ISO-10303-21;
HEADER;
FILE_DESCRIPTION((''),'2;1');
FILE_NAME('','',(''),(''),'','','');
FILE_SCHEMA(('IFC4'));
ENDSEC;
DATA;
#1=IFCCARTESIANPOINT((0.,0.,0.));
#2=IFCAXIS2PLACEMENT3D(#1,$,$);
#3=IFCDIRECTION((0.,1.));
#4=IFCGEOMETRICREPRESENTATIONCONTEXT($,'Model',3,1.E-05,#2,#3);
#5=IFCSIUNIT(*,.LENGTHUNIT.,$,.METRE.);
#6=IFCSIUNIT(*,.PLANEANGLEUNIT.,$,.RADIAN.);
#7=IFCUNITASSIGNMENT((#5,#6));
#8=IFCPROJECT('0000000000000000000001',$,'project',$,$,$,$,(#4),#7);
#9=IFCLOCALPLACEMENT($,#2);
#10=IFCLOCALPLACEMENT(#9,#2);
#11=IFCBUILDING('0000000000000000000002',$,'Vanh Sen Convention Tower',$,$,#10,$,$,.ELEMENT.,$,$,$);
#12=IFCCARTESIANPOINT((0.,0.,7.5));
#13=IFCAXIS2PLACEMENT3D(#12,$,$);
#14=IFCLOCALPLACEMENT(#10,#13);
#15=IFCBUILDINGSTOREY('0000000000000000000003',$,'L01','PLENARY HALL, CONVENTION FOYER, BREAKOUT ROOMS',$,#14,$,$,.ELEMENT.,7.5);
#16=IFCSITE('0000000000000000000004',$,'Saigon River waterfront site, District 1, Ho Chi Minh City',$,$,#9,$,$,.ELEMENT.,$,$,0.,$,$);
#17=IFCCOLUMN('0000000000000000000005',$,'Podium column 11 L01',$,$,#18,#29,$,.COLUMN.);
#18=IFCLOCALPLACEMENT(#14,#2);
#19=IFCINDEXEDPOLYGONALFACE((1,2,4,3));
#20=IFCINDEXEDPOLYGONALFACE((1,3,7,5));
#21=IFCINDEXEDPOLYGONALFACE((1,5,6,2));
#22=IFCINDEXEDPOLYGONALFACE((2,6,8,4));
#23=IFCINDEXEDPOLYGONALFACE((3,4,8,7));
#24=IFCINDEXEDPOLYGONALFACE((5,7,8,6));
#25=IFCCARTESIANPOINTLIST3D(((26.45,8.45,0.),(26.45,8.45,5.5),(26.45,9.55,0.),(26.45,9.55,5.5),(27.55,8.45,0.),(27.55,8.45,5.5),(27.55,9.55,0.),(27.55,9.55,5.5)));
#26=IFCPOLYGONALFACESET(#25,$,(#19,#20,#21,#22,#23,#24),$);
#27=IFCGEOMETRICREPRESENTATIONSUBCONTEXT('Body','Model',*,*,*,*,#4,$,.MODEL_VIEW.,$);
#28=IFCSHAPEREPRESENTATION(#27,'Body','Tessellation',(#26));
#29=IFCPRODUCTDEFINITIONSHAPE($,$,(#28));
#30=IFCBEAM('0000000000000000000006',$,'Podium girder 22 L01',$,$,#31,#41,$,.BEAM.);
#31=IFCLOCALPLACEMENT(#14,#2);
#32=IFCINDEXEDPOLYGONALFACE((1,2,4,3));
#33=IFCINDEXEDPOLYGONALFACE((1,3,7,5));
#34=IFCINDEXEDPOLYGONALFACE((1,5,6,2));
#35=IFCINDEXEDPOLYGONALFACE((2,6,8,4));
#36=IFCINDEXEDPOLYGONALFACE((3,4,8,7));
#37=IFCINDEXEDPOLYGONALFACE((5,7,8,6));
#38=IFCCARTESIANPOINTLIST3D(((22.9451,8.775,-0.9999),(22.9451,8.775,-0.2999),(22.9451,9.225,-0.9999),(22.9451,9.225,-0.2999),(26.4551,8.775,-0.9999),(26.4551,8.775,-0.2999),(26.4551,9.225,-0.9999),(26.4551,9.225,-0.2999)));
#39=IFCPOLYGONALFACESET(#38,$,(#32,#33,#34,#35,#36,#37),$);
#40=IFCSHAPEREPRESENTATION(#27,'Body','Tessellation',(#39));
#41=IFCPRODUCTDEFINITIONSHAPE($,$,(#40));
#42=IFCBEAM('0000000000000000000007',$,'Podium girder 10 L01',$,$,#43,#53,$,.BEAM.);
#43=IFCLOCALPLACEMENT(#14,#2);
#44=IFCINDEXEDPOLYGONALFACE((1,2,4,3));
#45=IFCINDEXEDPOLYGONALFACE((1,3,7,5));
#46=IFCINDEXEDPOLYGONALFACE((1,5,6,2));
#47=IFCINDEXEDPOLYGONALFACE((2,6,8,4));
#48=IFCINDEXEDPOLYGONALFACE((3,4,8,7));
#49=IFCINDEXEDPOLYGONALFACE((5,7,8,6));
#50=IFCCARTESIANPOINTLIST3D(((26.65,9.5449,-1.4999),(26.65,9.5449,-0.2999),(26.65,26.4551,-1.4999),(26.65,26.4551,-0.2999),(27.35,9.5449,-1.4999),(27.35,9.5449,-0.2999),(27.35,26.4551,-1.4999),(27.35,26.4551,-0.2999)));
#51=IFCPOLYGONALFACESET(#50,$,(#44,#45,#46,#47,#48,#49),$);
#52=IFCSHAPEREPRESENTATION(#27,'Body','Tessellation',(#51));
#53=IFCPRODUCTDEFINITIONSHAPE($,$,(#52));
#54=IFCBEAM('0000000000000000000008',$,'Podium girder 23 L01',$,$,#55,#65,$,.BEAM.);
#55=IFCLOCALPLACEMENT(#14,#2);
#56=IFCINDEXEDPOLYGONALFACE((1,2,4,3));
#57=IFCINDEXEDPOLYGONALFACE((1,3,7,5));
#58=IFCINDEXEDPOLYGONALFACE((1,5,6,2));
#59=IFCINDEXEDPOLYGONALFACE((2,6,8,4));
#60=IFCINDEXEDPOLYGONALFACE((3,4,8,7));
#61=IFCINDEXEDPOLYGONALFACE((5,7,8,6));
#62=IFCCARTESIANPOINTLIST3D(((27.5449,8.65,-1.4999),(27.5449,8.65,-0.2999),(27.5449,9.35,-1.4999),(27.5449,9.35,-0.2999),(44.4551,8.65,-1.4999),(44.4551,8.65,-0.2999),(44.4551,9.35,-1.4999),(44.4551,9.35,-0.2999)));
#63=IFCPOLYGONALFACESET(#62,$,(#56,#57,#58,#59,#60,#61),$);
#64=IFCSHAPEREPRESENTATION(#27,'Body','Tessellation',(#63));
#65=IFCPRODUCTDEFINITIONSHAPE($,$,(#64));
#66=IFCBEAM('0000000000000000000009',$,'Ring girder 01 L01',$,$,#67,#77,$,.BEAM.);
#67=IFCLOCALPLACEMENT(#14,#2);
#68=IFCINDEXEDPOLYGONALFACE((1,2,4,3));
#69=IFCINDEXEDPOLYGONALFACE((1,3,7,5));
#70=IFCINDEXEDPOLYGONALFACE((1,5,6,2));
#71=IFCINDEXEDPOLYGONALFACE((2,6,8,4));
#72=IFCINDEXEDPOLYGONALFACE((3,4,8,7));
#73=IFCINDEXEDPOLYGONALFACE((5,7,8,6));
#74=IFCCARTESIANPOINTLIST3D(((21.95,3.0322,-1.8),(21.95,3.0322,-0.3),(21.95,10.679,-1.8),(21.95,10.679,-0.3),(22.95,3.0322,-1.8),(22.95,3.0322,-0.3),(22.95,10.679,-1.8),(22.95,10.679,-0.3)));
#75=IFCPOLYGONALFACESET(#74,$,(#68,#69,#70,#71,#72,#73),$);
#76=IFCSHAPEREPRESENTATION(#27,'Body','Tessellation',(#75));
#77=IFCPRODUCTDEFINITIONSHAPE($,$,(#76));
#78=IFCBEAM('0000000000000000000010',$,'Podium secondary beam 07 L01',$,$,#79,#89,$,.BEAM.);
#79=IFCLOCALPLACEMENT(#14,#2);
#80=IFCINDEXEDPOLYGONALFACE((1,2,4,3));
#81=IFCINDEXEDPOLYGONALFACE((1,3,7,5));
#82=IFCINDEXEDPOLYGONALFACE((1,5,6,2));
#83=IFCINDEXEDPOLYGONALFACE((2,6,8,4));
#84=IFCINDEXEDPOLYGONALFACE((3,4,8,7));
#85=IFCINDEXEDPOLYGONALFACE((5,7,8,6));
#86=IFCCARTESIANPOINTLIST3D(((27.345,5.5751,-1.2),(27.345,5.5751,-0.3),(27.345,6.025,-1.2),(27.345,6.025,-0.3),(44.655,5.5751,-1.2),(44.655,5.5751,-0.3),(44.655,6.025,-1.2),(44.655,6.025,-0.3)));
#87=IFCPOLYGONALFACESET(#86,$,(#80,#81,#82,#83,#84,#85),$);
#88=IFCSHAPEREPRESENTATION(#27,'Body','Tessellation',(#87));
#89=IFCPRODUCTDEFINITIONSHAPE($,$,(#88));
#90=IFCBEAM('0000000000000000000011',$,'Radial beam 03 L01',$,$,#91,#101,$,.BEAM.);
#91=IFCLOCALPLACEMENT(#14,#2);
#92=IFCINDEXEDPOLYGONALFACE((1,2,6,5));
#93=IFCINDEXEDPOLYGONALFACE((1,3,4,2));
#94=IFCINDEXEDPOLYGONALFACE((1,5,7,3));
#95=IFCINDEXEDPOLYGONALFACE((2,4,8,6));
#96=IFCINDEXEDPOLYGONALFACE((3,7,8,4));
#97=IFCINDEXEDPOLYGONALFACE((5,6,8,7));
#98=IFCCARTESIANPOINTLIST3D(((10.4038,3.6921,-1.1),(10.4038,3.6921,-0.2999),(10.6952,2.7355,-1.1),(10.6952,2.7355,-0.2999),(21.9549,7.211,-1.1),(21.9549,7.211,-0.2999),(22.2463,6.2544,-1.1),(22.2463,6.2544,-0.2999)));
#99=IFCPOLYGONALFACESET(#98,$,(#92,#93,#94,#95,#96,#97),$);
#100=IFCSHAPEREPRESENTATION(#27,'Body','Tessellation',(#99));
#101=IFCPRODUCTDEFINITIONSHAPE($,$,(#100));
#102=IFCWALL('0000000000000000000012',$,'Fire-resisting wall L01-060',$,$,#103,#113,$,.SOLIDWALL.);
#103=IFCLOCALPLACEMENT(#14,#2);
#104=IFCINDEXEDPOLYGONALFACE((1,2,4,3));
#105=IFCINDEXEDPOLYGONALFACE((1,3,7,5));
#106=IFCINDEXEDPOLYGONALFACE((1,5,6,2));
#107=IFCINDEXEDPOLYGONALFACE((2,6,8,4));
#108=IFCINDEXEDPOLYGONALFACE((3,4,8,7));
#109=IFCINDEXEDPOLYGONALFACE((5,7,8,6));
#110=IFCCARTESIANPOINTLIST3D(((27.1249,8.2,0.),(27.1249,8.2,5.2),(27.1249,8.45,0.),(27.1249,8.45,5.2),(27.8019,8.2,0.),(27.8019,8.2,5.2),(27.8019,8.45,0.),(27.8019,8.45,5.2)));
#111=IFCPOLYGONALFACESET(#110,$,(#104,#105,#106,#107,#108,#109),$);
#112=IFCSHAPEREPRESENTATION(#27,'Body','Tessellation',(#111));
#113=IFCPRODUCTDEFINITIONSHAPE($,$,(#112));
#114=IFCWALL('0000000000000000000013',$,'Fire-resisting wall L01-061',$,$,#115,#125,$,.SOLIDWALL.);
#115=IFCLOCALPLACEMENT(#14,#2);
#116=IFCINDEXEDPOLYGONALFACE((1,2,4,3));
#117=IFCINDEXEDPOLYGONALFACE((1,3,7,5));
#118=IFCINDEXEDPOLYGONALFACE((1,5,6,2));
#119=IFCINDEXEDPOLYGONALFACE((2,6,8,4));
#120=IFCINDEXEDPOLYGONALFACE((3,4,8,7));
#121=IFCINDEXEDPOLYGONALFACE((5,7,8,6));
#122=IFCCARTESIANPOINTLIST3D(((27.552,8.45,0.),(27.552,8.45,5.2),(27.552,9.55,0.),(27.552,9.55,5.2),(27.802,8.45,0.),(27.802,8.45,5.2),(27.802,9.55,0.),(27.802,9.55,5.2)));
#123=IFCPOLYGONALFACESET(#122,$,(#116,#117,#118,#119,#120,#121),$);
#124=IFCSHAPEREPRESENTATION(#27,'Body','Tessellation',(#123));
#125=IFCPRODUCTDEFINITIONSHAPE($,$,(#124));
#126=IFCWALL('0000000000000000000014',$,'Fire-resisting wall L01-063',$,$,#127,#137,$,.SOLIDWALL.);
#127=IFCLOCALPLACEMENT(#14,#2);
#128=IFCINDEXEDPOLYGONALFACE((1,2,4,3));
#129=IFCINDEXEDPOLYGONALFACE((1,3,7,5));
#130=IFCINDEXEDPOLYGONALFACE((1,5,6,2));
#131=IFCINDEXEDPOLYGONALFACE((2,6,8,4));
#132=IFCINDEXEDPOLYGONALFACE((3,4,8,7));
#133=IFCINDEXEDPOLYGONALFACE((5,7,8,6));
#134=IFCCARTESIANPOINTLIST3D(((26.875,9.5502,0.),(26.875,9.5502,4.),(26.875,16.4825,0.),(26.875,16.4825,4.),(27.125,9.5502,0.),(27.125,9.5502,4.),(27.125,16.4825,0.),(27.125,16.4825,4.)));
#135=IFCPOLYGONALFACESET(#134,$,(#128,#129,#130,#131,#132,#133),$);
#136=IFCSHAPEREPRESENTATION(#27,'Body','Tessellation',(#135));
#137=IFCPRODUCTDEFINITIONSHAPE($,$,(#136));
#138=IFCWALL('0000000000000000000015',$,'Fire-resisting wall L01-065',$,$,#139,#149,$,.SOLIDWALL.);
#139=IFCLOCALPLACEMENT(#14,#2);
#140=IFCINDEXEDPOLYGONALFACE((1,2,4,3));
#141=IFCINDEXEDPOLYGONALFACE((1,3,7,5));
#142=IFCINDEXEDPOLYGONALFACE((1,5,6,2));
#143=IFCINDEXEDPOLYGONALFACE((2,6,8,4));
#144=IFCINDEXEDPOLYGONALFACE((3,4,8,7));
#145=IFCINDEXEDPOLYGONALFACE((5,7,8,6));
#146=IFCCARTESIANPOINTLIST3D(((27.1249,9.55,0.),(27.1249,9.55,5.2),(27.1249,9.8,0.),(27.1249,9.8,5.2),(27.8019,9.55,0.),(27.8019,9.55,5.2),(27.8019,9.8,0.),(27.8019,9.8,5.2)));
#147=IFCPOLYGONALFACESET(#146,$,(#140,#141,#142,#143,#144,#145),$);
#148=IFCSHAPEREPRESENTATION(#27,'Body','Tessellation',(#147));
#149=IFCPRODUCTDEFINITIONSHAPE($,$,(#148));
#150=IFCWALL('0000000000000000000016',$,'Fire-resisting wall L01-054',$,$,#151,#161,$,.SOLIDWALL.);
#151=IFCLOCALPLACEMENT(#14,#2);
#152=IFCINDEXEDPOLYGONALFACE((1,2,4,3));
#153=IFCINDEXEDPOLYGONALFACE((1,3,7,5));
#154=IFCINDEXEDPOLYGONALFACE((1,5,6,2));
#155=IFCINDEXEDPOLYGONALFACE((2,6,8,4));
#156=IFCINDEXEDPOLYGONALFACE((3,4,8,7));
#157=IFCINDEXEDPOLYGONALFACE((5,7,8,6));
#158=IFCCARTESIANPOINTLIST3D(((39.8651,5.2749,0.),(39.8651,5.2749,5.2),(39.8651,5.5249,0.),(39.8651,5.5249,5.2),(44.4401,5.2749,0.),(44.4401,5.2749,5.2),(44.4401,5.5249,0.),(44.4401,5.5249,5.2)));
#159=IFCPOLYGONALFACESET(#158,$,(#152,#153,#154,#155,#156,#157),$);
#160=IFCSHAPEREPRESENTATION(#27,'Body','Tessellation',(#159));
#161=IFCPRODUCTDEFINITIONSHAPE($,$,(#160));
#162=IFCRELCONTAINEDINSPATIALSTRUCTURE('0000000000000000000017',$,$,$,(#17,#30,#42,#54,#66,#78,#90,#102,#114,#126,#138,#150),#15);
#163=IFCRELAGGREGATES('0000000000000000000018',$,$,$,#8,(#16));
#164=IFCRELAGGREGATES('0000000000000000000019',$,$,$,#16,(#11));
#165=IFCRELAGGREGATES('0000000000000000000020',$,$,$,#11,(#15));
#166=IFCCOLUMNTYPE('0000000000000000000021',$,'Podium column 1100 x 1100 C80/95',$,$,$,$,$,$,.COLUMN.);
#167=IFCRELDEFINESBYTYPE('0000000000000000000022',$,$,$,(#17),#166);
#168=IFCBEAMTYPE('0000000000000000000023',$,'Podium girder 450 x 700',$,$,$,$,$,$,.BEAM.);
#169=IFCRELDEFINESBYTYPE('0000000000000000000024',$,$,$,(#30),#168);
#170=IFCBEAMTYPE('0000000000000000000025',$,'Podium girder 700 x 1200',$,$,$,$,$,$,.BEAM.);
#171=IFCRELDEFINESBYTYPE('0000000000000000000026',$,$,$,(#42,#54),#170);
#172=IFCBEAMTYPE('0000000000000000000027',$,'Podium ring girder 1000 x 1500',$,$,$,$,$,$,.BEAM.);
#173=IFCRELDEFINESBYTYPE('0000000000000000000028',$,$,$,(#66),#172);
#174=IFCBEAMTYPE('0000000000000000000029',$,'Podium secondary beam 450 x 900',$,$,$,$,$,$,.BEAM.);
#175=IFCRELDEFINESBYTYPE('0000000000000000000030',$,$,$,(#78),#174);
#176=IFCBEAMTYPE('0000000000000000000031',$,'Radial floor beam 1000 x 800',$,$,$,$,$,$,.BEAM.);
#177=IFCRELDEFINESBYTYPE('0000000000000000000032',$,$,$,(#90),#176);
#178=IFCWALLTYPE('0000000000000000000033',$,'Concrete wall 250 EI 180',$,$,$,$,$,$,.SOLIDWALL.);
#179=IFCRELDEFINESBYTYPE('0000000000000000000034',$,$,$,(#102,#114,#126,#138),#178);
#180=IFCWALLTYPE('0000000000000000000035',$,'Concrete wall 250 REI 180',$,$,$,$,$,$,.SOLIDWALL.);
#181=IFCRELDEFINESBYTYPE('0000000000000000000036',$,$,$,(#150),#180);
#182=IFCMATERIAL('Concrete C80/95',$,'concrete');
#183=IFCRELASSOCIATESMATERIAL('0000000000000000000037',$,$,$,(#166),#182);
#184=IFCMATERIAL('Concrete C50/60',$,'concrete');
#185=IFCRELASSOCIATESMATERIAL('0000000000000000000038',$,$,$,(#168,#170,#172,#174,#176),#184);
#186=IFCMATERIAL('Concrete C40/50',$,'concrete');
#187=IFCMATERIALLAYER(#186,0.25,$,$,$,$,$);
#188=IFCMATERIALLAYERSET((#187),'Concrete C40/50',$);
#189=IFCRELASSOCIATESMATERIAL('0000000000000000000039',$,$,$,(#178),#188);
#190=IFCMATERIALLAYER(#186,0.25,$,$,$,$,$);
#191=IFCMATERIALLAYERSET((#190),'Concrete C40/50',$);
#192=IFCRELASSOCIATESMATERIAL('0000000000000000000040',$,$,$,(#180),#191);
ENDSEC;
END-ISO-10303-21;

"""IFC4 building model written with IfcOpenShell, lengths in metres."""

from ifc_helpers import new_model, si_unit, direction, frame, frame_2d, origin, origin_2d, place, context, subcontext, project, spatial, rectangle, extrude, material, layer, layer_set, material_profile, profile_set, type_object, element, save


model = new_model("IFC4")

# Units and contexts
model_context = context("Model", 3, precision=1e-05, world=origin(), true_north=direction((0.0, 1.0)))
body_context = subcontext(model_context, "Body", "Model", "MODEL_VIEW")
ifc_project = project(units=[si_unit("LENGTHUNIT", "METRE"), si_unit("PLANEANGLEUNIT", "RADIAN")], contexts=[model_context])

# Site, building, storey
site_placement = place(None, origin())
site = spatial("IfcSite", under=ifc_project, at=site_placement, Name="Saigon River waterfront site, District 1, Ho Chi Minh City", CompositionType="ELEMENT", RefElevation=0.0)
building_placement = place(site_placement, origin())
building = spatial("IfcBuilding", under=site, at=building_placement, Name="Vanh Sen Convention Tower", CompositionType="ELEMENT")
storey_placement = place(building_placement, frame((0.0, 0.0, 7.5)))
storey = spatial("IfcBuildingStorey", under=building, at=storey_placement, Name="L01", Description="PLENARY HALL, CONVENTION FOYER, BREAKOUT ROOMS", CompositionType="ELEMENT", Elevation=7.5)

# Column
ifc_material_1 = material(Name="Concrete C80/95", Category="concrete")
ifc_material_profile_1 = material_profile(ifc_material_1, rectangle(XDim=1.1001, YDim=1.1001, at=origin_2d()), Name="RC 1100X1100")
ifc_profile_set_1 = profile_set([ifc_material_profile_1], Name="Concrete C80/95")
column_type = type_object("IfcColumnType", Name="Podium column 1100 x 1100 C80/95", PredefinedType="COLUMN", material=ifc_profile_set_1)
column_placement = place(storey_placement, frame((27.0, 9.0, 0.0), z_axis=(0.0, 0.0, 1.0), x_axis=(1.0, 0.0, 0.0)))
element("IfcColumn", 1, at=column_placement, inside=storey, type_object=column_type, Name="Podium column 11 L01", PredefinedType="COLUMN", context=body_context, shape_type="SweptSolid", body=[
    extrude(rectangle(XDim=1.1001, YDim=1.1001, at=origin_2d()), origin(), (0.0, 0.0, 1.0), 5.5),
])

# Beams
ifc_material_2 = material(Name="Concrete C50/60", Category="concrete")
ifc_material_profile_2 = material_profile(ifc_material_2, rectangle(XDim=0.45, YDim=0.7, at=origin_2d()), Name="RC 450X700")
ifc_profile_set_2 = profile_set([ifc_material_profile_2], Name="Concrete C50/60")
beam_type_1 = type_object("IfcBeamType", Name="Podium girder 450 x 700", PredefinedType="BEAM", material=ifc_profile_set_2)
beam_1_placement = place(storey_placement, frame((22.9451, 9.0, -0.6499), z_axis=(1.0, 0.0, 0.0), x_axis=(0.0, 1.0, 0.0)))
element("IfcBeam", 2, at=beam_1_placement, inside=storey, type_object=beam_type_1, Name="Podium girder 22 L01", PredefinedType="BEAM", context=body_context, shape_type="SweptSolid", body=[
    extrude(rectangle(XDim=0.45, YDim=0.7, at=origin_2d()), origin(), (0.0, 0.0, 1.0), 3.51),
])
ifc_material_profile_3 = material_profile(ifc_material_2, rectangle(XDim=0.7, YDim=1.2, at=origin_2d()), Name="RC 700X1200")
ifc_profile_set_3 = profile_set([ifc_material_profile_3], Name="Concrete C50/60")
beam_type_2 = type_object("IfcBeamType", Name="Podium girder 700 x 1200", PredefinedType="BEAM", material=ifc_profile_set_3)
for number, where, z_axis, x_axis, name in (
    (3, (27.0, 9.5449, -0.8999), (0.0, 1.0, 0.0), (-1.0, 0.0, 0.0), "Podium girder 10 L01"),
    (4, (27.5449, 9.0, -0.8999), (1.0, 0.0, 0.0), (0.0, 1.0, 0.0), "Podium girder 23 L01"),
):
    element("IfcBeam", number, at=place(storey_placement, frame(where, z_axis=z_axis, x_axis=x_axis)), inside=storey, type_object=beam_type_2, Name=name, PredefinedType="BEAM", context=body_context, shape_type="SweptSolid", body=[
        extrude(rectangle(XDim=0.7, YDim=1.2, at=origin_2d()), origin(), (0.0, 0.0, 1.0), 16.9102),
    ])
ifc_material_profile_4 = material_profile(ifc_material_2, rectangle(XDim=1.0, YDim=1.5, at=origin_2d()), Name="RC 1000X1500")
ifc_profile_set_4 = profile_set([ifc_material_profile_4], Name="Concrete C50/60")
beam_type_3 = type_object("IfcBeamType", Name="Podium ring girder 1000 x 1500", PredefinedType="BEAM", material=ifc_profile_set_4)
beam_2_placement = place(storey_placement, frame((22.45, 3.0322, -1.05), z_axis=(0.0, 1.0, 0.0), x_axis=(-1.0, 0.0, 0.0)))
element("IfcBeam", 5, at=beam_2_placement, inside=storey, type_object=beam_type_3, Name="Ring girder 01 L01", PredefinedType="BEAM", context=body_context, shape_type="SweptSolid", body=[
    extrude(rectangle(XDim=1.0, YDim=1.5, at=origin_2d()), origin(), (0.0, 0.0, 1.0), 7.6467),
])
ifc_material_profile_5 = material_profile(ifc_material_2, rectangle(XDim=0.45, YDim=0.8999, at=origin_2d()), Name="RC 450X900")
ifc_profile_set_5 = profile_set([ifc_material_profile_5], Name="Concrete C50/60")
beam_type_4 = type_object("IfcBeamType", Name="Podium secondary beam 450 x 900", PredefinedType="BEAM", material=ifc_profile_set_5)
beam_3_placement = place(storey_placement, frame((27.345, 5.8, -0.75), z_axis=(1.0, 0.0, 0.0), x_axis=(0.0, 1.0, 0.0)))
element("IfcBeam", 6, at=beam_3_placement, inside=storey, type_object=beam_type_4, Name="Podium secondary beam 07 L01", PredefinedType="BEAM", context=body_context, shape_type="SweptSolid", body=[
    extrude(rectangle(XDim=0.45, YDim=0.8999, at=origin_2d()), origin(), (0.0, 0.0, 1.0), 17.3101),
])
ifc_material_profile_6 = material_profile(ifc_material_2, rectangle(XDim=1.0, YDim=0.8, at=origin_2d()), Name="RC 1000X800")
ifc_profile_set_6 = profile_set([ifc_material_profile_6], Name="Concrete C50/60")
beam_type_5 = type_object("IfcBeamType", Name="Radial floor beam 1000 x 800", PredefinedType="BEAM", material=ifc_profile_set_6)
beam_4_placement = place(storey_placement, frame((22.1006, 6.7327, -0.7), z_axis=(-0.956598, -0.291409, 0.0), x_axis=(0.291409, -0.956598, 0.0)))
element("IfcBeam", 7, at=beam_4_placement, inside=storey, type_object=beam_type_5, Name="Radial beam 03 L01", PredefinedType="BEAM", context=body_context, shape_type="SweptSolid", body=[
    extrude(rectangle(XDim=1.0, YDim=0.8, at=origin_2d()), origin(), (0.0, 0.0, 1.0), 12.0752),
])

# Walls
ifc_material_3 = material(Name="Concrete C40/50", Category="concrete")
ifc_layer_1 = layer(ifc_material_3, 0.25)
ifc_layer_set_1 = layer_set([ifc_layer_1], Name="Concrete C40/50")
wall_type_1 = type_object("IfcWallType", Name="Concrete wall 250 EI 180", PredefinedType="SOLIDWALL", material=ifc_layer_set_1)
wall_1_placement = place(storey_placement, frame((27.125, 8.325, 0.0), z_axis=(0.0, 0.0, 1.0), x_axis=(1.0, 0.0, 0.0)))
element("IfcWall", 8, at=wall_1_placement, inside=storey, type_object=wall_type_1, Name="Fire-resisting wall L01-060", PredefinedType="SOLIDWALL", context=body_context, shape_type="SweptSolid", body=[
    extrude(rectangle(XDim=0.677, YDim=0.25, at=frame_2d((0.3384, 0.0))), origin(), (0.0, 0.0, 1.0), 5.2),
])
wall_2_placement = place(storey_placement, frame((27.677, 8.45, 0.0), z_axis=(0.0, 0.0, 1.0), x_axis=(0.0, 1.0, 0.0)))
element("IfcWall", 9, at=wall_2_placement, inside=storey, type_object=wall_type_1, Name="Fire-resisting wall L01-061", PredefinedType="SOLIDWALL", context=body_context, shape_type="SweptSolid", body=[
    extrude(rectangle(XDim=1.1001, YDim=0.25, at=frame_2d((0.55, 0.0))), origin(), (0.0, 0.0, 1.0), 5.2),
])
wall_3_placement = place(storey_placement, frame((27.0, 9.55, 0.0), z_axis=(0.0, 0.0, 1.0), x_axis=(0.0, 1.0, 0.0)))
element("IfcWall", 10, at=wall_3_placement, inside=storey, type_object=wall_type_1, Name="Fire-resisting wall L01-063", PredefinedType="SOLIDWALL", context=body_context, shape_type="SweptSolid", body=[
    extrude(rectangle(XDim=6.9324, YDim=0.25, at=frame_2d((3.4663, 0.0))), origin(), (0.0, 0.0, 1.0), 4.0),
])
wall_4_placement = place(storey_placement, frame((27.125, 9.675, 0.0), z_axis=(0.0, 0.0, 1.0), x_axis=(1.0, 0.0, 0.0)))
element("IfcWall", 11, at=wall_4_placement, inside=storey, type_object=wall_type_1, Name="Fire-resisting wall L01-065", PredefinedType="SOLIDWALL", context=body_context, shape_type="SweptSolid", body=[
    extrude(rectangle(XDim=0.677, YDim=0.25, at=frame_2d((0.3384, 0.0))), origin(), (0.0, 0.0, 1.0), 5.2),
])

# Wall
ifc_layer_2 = layer(ifc_material_3, 0.25)
ifc_layer_set_2 = layer_set([ifc_layer_2], Name="Concrete C40/50")
wall_type_2 = type_object("IfcWallType", Name="Concrete wall 250 REI 180", PredefinedType="SOLIDWALL", material=ifc_layer_set_2)
wall_5_placement = place(storey_placement, frame((39.865, 5.3999, 0.0), z_axis=(0.0, 0.0, 1.0), x_axis=(1.0, 0.0, 0.0)))
element("IfcWall", 12, at=wall_5_placement, inside=storey, type_object=wall_type_2, Name="Fire-resisting wall L01-054", PredefinedType="SOLIDWALL", context=body_context, shape_type="SweptSolid", body=[
    extrude(rectangle(XDim=4.575, YDim=0.25, at=frame_2d((2.2876, 0.0))), origin(), (0.0, 0.0, 1.0), 5.2),
])

save(model, "model.ifc")
